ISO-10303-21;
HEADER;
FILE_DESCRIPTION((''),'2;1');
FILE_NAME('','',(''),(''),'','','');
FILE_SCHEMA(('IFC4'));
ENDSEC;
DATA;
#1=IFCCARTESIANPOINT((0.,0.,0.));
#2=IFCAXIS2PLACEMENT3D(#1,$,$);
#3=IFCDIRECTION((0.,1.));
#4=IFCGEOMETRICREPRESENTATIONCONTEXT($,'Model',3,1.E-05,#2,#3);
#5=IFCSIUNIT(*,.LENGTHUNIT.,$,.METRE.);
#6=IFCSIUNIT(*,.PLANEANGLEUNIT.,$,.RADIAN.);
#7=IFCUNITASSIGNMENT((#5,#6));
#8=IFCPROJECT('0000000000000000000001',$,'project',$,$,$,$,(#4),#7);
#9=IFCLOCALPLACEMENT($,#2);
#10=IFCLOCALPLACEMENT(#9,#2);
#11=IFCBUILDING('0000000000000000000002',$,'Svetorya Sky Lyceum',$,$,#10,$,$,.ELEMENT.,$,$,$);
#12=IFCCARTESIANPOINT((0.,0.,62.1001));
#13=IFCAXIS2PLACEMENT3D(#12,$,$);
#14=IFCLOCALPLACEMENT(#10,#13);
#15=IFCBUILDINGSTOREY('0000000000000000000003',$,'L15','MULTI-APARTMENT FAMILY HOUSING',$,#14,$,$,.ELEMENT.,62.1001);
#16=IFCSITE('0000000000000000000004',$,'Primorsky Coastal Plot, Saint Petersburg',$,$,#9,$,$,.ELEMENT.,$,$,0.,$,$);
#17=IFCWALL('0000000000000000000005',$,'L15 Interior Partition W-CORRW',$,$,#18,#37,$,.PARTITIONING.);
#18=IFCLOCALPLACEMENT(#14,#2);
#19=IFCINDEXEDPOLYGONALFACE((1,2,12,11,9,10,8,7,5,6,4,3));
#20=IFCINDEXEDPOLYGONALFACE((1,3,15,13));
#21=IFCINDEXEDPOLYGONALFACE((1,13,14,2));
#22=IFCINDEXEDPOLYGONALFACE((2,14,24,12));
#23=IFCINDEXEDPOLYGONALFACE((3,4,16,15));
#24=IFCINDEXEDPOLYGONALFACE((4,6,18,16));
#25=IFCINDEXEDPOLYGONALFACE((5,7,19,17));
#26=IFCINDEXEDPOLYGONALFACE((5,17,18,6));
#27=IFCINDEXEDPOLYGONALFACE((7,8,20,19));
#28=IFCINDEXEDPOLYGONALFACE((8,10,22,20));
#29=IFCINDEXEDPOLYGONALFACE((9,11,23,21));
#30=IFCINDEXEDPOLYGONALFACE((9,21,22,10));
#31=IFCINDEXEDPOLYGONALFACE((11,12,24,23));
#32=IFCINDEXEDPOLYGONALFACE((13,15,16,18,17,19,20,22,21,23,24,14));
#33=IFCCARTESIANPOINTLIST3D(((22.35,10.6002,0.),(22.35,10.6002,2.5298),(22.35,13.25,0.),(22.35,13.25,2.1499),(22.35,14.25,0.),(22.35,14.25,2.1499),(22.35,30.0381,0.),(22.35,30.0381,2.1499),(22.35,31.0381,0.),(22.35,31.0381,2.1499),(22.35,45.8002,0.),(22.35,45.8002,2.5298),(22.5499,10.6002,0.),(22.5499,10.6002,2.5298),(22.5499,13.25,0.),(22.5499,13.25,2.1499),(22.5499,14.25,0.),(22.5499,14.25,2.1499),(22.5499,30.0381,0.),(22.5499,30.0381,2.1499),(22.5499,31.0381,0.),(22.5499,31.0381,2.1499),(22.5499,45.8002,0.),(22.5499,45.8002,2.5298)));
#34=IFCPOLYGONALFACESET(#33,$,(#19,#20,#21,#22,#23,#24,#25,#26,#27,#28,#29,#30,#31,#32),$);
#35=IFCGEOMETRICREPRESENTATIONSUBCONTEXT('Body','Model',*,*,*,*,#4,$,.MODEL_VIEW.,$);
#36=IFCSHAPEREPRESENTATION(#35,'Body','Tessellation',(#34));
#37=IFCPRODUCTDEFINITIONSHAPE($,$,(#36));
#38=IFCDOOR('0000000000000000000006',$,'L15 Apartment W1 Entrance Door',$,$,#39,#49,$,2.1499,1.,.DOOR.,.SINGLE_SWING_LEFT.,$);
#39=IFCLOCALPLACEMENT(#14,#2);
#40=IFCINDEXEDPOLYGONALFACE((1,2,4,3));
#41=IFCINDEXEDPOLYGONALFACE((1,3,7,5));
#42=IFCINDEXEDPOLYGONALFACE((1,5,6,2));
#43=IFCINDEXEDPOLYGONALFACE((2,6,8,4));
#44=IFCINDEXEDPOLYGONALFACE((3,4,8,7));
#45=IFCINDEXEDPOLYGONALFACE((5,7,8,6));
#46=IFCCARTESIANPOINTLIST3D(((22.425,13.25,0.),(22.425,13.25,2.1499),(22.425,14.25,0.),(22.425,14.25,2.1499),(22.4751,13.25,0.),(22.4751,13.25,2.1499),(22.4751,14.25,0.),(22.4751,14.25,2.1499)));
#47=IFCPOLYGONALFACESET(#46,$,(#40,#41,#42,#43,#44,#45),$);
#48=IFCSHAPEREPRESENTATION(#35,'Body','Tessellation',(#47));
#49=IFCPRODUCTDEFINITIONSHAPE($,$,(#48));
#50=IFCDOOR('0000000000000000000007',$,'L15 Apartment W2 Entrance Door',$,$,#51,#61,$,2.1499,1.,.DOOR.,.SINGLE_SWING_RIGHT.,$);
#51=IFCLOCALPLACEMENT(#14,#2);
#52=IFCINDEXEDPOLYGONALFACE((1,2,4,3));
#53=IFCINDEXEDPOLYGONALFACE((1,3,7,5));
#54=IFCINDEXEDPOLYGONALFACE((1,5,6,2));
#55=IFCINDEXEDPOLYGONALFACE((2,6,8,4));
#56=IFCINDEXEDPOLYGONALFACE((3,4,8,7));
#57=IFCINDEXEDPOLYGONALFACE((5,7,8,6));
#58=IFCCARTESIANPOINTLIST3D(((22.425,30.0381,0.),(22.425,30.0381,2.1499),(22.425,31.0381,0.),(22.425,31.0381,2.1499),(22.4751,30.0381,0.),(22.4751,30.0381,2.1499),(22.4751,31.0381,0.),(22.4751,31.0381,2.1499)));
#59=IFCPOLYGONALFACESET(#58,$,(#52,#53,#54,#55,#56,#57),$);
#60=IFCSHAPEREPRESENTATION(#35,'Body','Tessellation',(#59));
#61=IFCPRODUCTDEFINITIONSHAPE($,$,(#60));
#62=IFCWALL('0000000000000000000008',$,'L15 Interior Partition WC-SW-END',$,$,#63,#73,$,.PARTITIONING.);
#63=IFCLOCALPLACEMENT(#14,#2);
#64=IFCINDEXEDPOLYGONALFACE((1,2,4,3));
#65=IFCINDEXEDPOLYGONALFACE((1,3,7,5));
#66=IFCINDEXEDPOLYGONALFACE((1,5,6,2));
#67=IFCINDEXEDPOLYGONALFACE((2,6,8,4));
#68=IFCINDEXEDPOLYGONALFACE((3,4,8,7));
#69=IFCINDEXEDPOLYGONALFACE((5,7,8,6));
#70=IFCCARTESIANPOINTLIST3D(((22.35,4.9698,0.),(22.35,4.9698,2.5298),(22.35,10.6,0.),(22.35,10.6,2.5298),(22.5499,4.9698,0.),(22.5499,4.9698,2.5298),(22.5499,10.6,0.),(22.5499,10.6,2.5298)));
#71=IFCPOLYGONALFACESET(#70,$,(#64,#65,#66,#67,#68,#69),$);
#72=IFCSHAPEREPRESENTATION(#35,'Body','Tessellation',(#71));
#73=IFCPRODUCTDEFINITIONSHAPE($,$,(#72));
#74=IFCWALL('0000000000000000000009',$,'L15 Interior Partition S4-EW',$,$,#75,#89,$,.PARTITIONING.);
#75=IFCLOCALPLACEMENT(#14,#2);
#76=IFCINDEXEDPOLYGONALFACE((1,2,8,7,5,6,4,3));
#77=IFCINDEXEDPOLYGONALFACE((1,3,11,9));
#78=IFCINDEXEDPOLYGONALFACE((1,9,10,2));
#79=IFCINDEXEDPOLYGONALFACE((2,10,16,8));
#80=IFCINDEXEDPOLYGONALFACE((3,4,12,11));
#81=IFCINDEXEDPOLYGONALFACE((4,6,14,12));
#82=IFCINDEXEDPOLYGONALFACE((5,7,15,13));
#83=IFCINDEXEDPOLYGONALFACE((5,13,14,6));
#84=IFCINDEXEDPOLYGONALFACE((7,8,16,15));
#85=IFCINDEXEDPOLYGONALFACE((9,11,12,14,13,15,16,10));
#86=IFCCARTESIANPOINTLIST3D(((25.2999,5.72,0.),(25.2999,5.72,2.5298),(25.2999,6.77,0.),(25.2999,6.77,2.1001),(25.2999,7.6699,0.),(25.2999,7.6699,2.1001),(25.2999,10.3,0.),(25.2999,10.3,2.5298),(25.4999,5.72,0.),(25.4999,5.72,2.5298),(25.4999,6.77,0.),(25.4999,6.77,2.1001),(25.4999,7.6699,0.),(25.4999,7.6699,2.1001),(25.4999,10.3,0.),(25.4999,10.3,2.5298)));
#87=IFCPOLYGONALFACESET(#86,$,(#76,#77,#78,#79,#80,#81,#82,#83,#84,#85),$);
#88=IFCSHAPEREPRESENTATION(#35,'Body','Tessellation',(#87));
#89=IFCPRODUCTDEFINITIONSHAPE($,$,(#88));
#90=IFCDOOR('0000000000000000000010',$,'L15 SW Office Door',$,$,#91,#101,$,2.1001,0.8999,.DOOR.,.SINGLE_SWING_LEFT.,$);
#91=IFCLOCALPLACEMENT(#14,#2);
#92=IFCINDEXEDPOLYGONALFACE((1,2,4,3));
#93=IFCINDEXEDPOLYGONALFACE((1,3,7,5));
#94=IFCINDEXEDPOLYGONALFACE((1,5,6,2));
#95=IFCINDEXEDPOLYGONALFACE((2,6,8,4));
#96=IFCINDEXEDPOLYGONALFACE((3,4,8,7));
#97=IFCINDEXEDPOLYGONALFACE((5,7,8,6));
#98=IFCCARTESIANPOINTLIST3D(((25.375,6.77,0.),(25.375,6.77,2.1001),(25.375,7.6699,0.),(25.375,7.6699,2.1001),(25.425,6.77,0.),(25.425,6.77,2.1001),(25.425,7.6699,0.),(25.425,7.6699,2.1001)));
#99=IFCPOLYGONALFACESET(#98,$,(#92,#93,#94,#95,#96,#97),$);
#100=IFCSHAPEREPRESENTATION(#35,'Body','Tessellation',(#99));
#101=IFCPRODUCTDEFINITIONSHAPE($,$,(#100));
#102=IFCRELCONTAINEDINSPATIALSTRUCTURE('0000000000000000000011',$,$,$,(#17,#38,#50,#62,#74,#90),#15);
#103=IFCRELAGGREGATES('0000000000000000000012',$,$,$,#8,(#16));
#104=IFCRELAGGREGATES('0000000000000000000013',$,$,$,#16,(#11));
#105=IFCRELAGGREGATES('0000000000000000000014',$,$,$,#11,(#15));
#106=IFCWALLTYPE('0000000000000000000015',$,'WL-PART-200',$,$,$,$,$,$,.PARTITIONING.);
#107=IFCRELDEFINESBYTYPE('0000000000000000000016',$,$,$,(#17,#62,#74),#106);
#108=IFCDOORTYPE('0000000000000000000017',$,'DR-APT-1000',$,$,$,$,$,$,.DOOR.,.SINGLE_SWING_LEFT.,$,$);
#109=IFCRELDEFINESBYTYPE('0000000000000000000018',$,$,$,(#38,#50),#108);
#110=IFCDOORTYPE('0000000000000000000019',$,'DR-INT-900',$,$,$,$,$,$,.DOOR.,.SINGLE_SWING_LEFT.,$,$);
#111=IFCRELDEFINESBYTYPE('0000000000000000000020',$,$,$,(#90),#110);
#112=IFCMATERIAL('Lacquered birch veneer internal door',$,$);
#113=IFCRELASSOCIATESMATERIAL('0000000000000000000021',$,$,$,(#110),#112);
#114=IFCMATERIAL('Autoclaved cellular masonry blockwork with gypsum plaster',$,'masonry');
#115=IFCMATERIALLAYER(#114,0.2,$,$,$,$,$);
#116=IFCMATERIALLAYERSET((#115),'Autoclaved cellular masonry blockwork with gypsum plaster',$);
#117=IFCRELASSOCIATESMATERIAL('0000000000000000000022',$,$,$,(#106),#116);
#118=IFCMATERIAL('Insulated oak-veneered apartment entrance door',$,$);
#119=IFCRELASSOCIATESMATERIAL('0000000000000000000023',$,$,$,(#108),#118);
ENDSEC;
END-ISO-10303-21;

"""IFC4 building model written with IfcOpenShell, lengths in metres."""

from ifc_helpers import new_model, si_unit, direction, frame, frame_2d, origin, place, context, subcontext, project, spatial, rectangle, extrude, material, layer, layer_set, type_object, element, fill, save


model = new_model("IFC4")

# Units and contexts
model_context = context("Model", 3, precision=1e-05, world=origin(), true_north=direction((0.0, 1.0)))
body_context = subcontext(model_context, "Body", "Model", "MODEL_VIEW")
ifc_project = project(units=[si_unit("LENGTHUNIT", "METRE"), si_unit("PLANEANGLEUNIT", "RADIAN")], contexts=[model_context])

# Site, building, storey
site_placement = place(None, origin())
site = spatial("IfcSite", under=ifc_project, at=site_placement, Name="Primorsky Coastal Plot, Saint Petersburg", CompositionType="ELEMENT", RefElevation=0.0)
building_placement = place(site_placement, origin())
building = spatial("IfcBuilding", under=site, at=building_placement, Name="Svetorya Sky Lyceum", CompositionType="ELEMENT")
storey_placement = place(building_placement, frame((0.0, 0.0, 62.1001)))
storey = spatial("IfcBuildingStorey", under=building, at=storey_placement, Name="L15", Description="MULTI-APARTMENT FAMILY HOUSING", CompositionType="ELEMENT", Elevation=62.1001)

# Shared definitions
ifc_material_1 = material(Name="Lacquered birch veneer internal door")
door_type_1 = type_object("IfcDoorType", Name="DR-INT-900", OperationType="SINGLE_SWING_LEFT", PredefinedType="DOOR", material=ifc_material_1)

# Shared definitions
ifc_material_2 = material(Name="Autoclaved cellular masonry blockwork with gypsum plaster", Category="masonry")
ifc_layer_1 = layer(ifc_material_2, 0.2)
ifc_layer_set_1 = layer_set([ifc_layer_1], Name="Autoclaved cellular masonry blockwork with gypsum plaster")
wall_type_1 = type_object("IfcWallType", Name="WL-PART-200", PredefinedType="PARTITIONING", material=ifc_layer_set_1)

# Wall, openings, doors
wall_1_placement = place(storey_placement, frame((22.45, 10.6001, 0.0), z_axis=(0.0, 0.0, 1.0), x_axis=(0.0, 1.0, 0.0)))
wall_1 = element("IfcWall", 1, at=wall_1_placement, inside=storey, type_object=wall_type_1, Name="L15 Interior Partition W-CORRW", PredefinedType="PARTITIONING", context=body_context, shape_type="SweptSolid", body=[
    extrude(rectangle(XDim=35.2, YDim=0.2, at=frame_2d((17.6001, 0.0))), origin(), (0.0, 0.0, 1.0), 2.5298),
])
opening_1_placement = place(wall_1_placement, frame((2.6499, 0.0, 0.0)))
opening_1 = element("IfcOpeningElement", 2, at=opening_1_placement, cuts=wall_1, PredefinedType="OPENING", context=body_context, shape_type="SweptSolid", body=[
    extrude(rectangle(XDim=1.0, YDim=2.1499, at=frame_2d((0.5, 1.075))), frame((0.0, 0.1099, 0.0), z_axis=(0.0, -1.0, 0.0), x_axis=(1.0, 0.0, 0.0)), (0.0, 0.0, 1.0), 0.22),
])
opening_2_placement = place(wall_1_placement, frame((19.438, 0.0, 0.0)))
opening_2 = element("IfcOpeningElement", 3, at=opening_2_placement, cuts=wall_1, PredefinedType="OPENING", context=body_context, shape_type="SweptSolid", body=[
    extrude(rectangle(XDim=1.0, YDim=2.1499, at=frame_2d((0.5, 1.075))), frame((0.0, 0.1099, 0.0), z_axis=(0.0, -1.0, 0.0), x_axis=(1.0, 0.0, 0.0)), (0.0, 0.0, 1.0), 0.22),
])
ifc_material_3 = material(Name="Insulated oak-veneered apartment entrance door")
door_type_2 = type_object("IfcDoorType", Name="DR-APT-1000", OperationType="SINGLE_SWING_LEFT", PredefinedType="DOOR", material=ifc_material_3)
door_1_placement = place(opening_1_placement, origin())
door_1 = element("IfcDoor", 4, at=door_1_placement, inside=storey, type_object=door_type_2, Name="L15 Apartment W1 Entrance Door", OperationType="SINGLE_SWING_LEFT", OverallHeight=2.1499, OverallWidth=1.0, PredefinedType="DOOR", context=body_context, shape_type="SweptSolid", body=[
    extrude(rectangle(XDim=1.0, YDim=2.1499, at=frame_2d((0.5, 1.075))), frame((0.0, 0.0249, 0.0), z_axis=(0.0, -1.0, 0.0), x_axis=(1.0, 0.0, 0.0)), (0.0, 0.0, 1.0), 0.05),
])
fill(opening_1, door_1)
door_2_placement = place(opening_2_placement, origin())
door_2 = element("IfcDoor", 5, at=door_2_placement, inside=storey, type_object=door_type_2, Name="L15 Apartment W2 Entrance Door", OperationType="SINGLE_SWING_RIGHT", OverallHeight=2.1499, OverallWidth=1.0, PredefinedType="DOOR", context=body_context, shape_type="SweptSolid", body=[
    extrude(rectangle(XDim=1.0, YDim=2.1499, at=frame_2d((0.5, 1.075))), frame((0.0, 0.0249, 0.0), z_axis=(0.0, -1.0, 0.0), x_axis=(1.0, 0.0, 0.0)), (0.0, 0.0, 1.0), 0.05),
])
fill(opening_2, door_2)

# Wall
wall_2_placement = place(storey_placement, frame((22.45, 4.97, 0.0), z_axis=(0.0, 0.0, 1.0), x_axis=(0.0, 1.0, 0.0)))
element("IfcWall", 6, at=wall_2_placement, inside=storey, type_object=wall_type_1, Name="L15 Interior Partition WC-SW-END", PredefinedType="PARTITIONING", context=body_context, shape_type="SweptSolid", body=[
    extrude(rectangle(XDim=5.6301, YDim=0.2, at=frame_2d((2.8149, 0.0))), origin(), (0.0, 0.0, 1.0), 2.5298),
])

# Wall, opening, door
wall_3_placement = place(storey_placement, frame((25.3999, 5.72, 0.0), z_axis=(0.0, 0.0, 1.0), x_axis=(0.0, 1.0, 0.0)))
wall_3 = element("IfcWall", 7, at=wall_3_placement, inside=storey, type_object=wall_type_1, Name="L15 Interior Partition S4-EW", PredefinedType="PARTITIONING", context=body_context, shape_type="SweptSolid", body=[
    extrude(rectangle(XDim=4.5801, YDim=0.2, at=frame_2d((2.29, 0.0))), origin(), (0.0, 0.0, 1.0), 2.5298),
])
opening_3_placement = place(wall_3_placement, frame((1.05, 0.0, 0.0)))
opening_3 = element("IfcOpeningElement", 8, at=opening_3_placement, cuts=wall_3, PredefinedType="OPENING", context=body_context, shape_type="SweptSolid", body=[
    extrude(rectangle(XDim=0.8999, YDim=2.1001, at=frame_2d((0.45, 1.05))), frame((0.0, 0.1099, 0.0), z_axis=(0.0, -1.0, 0.0), x_axis=(1.0, 0.0, 0.0)), (0.0, 0.0, 1.0), 0.22),
])
door_3_placement = place(opening_3_placement, origin())
door_3 = element("IfcDoor", 9, at=door_3_placement, inside=storey, type_object=door_type_1, Name="L15 SW Office Door", OperationType="SINGLE_SWING_LEFT", OverallHeight=2.1001, OverallWidth=0.8999, PredefinedType="DOOR", context=body_context, shape_type="SweptSolid", body=[
    extrude(rectangle(XDim=0.8999, YDim=2.1001, at=frame_2d((0.45, 1.05))), frame((0.0, 0.0249, 0.0), z_axis=(0.0, -1.0, 0.0), x_axis=(1.0, 0.0, 0.0)), (0.0, 0.0, 1.0), 0.05),
])
fill(opening_3, door_3)

save(model, "model.ifc")
